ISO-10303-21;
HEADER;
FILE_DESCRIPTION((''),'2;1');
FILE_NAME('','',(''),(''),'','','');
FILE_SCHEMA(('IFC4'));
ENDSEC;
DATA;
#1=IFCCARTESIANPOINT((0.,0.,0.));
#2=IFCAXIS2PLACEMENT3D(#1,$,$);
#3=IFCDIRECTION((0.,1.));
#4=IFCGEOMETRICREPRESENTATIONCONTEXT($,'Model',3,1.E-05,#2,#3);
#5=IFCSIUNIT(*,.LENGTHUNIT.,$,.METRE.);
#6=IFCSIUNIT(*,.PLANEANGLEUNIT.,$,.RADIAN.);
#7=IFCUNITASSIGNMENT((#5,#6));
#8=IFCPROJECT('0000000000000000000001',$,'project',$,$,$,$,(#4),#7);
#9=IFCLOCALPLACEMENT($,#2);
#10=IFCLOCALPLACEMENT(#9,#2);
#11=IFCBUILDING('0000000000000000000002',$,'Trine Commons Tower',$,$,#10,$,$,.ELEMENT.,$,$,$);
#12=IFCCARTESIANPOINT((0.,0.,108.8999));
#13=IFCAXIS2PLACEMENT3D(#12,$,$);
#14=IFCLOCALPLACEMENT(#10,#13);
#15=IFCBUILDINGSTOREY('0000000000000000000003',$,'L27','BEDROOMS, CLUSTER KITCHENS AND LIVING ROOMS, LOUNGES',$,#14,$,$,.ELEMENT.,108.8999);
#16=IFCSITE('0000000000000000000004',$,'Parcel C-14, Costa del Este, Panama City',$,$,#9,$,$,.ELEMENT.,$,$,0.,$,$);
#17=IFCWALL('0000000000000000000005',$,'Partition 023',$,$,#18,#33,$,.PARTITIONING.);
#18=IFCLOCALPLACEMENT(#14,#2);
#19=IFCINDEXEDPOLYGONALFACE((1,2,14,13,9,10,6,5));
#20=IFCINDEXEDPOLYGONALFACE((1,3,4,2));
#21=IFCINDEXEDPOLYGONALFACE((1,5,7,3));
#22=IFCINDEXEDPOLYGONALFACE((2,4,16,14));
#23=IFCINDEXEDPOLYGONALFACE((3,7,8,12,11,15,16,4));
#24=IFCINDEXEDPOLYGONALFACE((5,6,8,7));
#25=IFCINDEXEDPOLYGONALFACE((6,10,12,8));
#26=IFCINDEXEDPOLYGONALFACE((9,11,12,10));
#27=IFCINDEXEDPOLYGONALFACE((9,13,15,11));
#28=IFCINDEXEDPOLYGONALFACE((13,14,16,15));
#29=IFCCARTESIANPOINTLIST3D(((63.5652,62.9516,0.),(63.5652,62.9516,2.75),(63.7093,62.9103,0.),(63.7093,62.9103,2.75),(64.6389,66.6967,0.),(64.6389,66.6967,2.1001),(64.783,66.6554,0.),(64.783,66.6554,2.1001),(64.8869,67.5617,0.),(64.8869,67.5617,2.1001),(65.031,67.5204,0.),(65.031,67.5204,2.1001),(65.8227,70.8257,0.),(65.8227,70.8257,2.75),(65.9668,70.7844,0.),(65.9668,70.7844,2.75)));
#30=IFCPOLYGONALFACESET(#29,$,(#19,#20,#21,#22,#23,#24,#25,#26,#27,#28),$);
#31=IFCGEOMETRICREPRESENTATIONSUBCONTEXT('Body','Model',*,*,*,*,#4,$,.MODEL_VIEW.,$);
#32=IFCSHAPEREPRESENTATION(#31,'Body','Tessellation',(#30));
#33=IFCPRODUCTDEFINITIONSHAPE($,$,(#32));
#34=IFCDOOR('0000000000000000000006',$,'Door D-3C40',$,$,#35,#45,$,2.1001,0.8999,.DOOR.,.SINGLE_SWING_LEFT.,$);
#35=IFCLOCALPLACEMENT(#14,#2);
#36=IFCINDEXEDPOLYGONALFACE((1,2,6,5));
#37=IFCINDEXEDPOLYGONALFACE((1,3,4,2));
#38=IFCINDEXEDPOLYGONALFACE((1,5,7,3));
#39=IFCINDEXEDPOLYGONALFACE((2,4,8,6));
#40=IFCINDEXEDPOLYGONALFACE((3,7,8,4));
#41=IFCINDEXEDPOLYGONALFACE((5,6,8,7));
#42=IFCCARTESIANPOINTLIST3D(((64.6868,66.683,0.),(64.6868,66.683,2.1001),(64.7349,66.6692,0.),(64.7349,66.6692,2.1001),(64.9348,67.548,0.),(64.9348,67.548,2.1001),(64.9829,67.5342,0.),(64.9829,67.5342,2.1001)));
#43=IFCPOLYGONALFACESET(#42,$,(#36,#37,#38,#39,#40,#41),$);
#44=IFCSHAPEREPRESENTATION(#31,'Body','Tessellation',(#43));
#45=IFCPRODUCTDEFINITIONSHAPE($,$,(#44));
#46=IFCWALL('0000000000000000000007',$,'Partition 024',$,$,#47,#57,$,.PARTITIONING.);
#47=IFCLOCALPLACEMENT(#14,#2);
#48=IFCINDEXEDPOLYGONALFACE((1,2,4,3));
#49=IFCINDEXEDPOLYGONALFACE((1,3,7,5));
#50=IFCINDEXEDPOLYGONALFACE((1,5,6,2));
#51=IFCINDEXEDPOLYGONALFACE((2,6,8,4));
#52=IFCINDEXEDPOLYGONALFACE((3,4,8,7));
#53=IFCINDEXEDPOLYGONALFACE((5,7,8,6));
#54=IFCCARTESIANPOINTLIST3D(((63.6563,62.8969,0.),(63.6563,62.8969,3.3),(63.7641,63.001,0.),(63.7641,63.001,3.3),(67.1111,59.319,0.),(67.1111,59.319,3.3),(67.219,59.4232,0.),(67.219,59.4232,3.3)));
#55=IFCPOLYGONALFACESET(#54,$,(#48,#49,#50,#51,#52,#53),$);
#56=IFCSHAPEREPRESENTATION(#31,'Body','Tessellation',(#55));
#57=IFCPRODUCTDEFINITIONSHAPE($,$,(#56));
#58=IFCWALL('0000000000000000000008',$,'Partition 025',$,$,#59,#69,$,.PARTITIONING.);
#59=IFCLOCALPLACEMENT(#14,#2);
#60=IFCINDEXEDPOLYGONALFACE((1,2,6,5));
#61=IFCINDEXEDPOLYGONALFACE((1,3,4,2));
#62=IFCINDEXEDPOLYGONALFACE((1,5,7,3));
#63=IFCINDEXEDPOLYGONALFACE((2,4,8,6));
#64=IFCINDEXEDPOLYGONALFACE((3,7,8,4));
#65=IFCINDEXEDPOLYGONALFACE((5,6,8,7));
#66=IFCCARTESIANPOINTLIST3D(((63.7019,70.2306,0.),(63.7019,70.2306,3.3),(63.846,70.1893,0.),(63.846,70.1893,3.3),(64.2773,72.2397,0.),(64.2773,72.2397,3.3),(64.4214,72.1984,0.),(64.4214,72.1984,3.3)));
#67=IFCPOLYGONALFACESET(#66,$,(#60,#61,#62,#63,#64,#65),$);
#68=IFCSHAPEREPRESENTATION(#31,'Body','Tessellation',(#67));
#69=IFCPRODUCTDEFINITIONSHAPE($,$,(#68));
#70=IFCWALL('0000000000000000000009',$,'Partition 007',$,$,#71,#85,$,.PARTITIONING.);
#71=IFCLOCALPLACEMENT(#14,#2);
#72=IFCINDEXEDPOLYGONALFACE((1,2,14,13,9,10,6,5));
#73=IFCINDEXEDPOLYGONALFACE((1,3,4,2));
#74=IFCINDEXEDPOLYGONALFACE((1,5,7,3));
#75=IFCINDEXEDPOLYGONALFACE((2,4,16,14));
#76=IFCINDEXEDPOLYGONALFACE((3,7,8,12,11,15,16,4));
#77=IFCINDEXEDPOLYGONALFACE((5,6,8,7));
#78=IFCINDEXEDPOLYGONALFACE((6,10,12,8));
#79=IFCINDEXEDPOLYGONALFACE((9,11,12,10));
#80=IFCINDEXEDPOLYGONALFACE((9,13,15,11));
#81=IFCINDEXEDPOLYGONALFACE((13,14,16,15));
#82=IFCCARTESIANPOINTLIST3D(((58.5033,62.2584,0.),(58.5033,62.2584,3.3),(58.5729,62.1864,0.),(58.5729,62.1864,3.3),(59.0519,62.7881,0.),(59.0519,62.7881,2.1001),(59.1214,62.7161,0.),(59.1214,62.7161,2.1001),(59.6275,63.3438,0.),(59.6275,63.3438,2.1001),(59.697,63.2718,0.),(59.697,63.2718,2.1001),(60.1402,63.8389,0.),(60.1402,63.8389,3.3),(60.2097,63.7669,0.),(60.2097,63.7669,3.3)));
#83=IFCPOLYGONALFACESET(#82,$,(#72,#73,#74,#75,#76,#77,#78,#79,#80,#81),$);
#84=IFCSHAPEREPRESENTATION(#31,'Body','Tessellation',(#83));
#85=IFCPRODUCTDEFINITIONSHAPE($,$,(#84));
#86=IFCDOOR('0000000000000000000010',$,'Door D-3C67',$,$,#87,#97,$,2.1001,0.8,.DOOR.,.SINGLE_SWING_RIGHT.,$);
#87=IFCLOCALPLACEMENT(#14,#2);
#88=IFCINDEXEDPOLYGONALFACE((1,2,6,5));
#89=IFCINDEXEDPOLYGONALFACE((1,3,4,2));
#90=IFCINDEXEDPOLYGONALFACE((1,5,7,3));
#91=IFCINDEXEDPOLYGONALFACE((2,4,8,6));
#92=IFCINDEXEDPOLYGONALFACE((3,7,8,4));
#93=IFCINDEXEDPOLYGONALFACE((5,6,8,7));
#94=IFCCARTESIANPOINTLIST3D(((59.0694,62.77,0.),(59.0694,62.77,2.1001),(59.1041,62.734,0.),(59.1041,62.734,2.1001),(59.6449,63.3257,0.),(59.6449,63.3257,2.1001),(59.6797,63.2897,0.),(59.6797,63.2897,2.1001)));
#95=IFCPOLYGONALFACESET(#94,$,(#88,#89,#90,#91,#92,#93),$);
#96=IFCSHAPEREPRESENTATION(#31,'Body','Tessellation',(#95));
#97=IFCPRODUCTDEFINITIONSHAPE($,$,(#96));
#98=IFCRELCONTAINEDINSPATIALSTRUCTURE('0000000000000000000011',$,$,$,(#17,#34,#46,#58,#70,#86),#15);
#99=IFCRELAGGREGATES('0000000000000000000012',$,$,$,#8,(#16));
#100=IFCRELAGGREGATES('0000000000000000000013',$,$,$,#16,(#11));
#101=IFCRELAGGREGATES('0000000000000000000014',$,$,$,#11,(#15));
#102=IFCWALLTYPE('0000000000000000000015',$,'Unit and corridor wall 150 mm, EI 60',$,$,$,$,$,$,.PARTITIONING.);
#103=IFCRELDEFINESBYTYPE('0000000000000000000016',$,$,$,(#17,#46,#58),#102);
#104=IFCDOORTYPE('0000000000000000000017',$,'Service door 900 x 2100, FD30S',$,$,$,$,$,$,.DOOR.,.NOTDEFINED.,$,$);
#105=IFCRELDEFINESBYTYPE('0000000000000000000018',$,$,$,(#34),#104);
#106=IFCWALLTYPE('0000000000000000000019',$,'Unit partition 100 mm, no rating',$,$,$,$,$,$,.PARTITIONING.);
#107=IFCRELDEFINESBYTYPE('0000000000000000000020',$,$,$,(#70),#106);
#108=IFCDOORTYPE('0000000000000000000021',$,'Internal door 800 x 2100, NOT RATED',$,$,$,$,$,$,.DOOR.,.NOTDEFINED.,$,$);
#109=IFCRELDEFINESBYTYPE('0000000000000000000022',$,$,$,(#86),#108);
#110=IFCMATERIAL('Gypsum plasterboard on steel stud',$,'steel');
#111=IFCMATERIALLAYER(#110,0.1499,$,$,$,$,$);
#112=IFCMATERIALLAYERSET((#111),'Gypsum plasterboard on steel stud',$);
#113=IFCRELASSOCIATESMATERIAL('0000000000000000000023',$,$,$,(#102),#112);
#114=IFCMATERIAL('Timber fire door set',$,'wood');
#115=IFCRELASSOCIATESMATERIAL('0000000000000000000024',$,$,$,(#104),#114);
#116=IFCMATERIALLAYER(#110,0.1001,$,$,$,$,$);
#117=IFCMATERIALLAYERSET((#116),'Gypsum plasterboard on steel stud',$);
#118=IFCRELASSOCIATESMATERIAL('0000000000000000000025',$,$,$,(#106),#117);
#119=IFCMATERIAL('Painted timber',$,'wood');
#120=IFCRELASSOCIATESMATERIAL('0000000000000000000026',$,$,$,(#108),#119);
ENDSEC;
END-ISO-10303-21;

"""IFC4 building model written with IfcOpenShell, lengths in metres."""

from ifc_helpers import new_model, si_unit, direction, frame, frame_2d, origin, place, context, subcontext, project, spatial, rectangle, extrude, material, layer, layer_set, type_object, element, fill, save


model = new_model("IFC4")

# Units and contexts
model_context = context("Model", 3, precision=1e-05, world=origin(), true_north=direction((0.0, 1.0)))
body_context = subcontext(model_context, "Body", "Model", "MODEL_VIEW")
ifc_project = project(units=[si_unit("LENGTHUNIT", "METRE"), si_unit("PLANEANGLEUNIT", "RADIAN")], contexts=[model_context])

# Site, building, storey
site_placement = place(None, origin())
site = spatial("IfcSite", under=ifc_project, at=site_placement, Name="Parcel C-14, Costa del Este, Panama City", CompositionType="ELEMENT", RefElevation=0.0)
building_placement = place(site_placement, origin())
building = spatial("IfcBuilding", under=site, at=building_placement, Name="Trine Commons Tower", CompositionType="ELEMENT")
storey_placement = place(building_placement, frame((0.0, 0.0, 108.8999)))
storey = spatial("IfcBuildingStorey", under=building, at=storey_placement, Name="L27", Description="BEDROOMS, CLUSTER KITCHENS AND LIVING ROOMS, LOUNGES", CompositionType="ELEMENT", Elevation=108.8999)

# Shared definitions
ifc_material_1 = material(Name="Gypsum plasterboard on steel stud", Category="steel")
ifc_layer_1 = layer(ifc_material_1, 0.1499)
ifc_layer_set_1 = layer_set([ifc_layer_1], Name="Gypsum plasterboard on steel stud")
wall_type_1 = type_object("IfcWallType", Name="Unit and corridor wall 150 mm, EI 60", PredefinedType="PARTITIONING", material=ifc_layer_set_1)

# Shared definitions
ifc_material_2 = material(Name="Timber fire door set", Category="wood")
ifc_material_3 = material(Name="Painted timber", Category="wood")

# Wall, opening, door
wall_1_placement = place(storey_placement, frame((63.6372, 62.9309, 0.0), z_axis=(0.0, 0.0, 1.0), x_axis=(0.275599, 0.961273, 0.0)))
wall_1 = element("IfcWall", 1, at=wall_1_placement, inside=storey, type_object=wall_type_1, Name="Partition 023", PredefinedType="PARTITIONING", context=body_context, shape_type="SweptSolid", body=[
    extrude(rectangle(XDim=8.1914, YDim=0.1499, at=frame_2d((4.0957, 0.0))), origin(), (0.0, 0.0, 1.0), 2.75),
])
opening_1_placement = place(wall_1_placement, frame((3.896, 0.0, 0.0)))
opening_1 = element("IfcOpeningElement", 2, at=opening_1_placement, cuts=wall_1, PredefinedType="OPENING", context=body_context, shape_type="SweptSolid", body=[
    extrude(rectangle(XDim=0.8999, YDim=2.1001, at=frame_2d((0.45, 1.05))), frame((0.0, 0.085, 0.0), z_axis=(0.0, -1.0, 0.0), x_axis=(1.0, 0.0, 0.0)), (0.0, 0.0, 1.0), 0.1699),
])
door_type_1 = type_object("IfcDoorType", Name="Service door 900 x 2100, FD30S", OperationType="NOTDEFINED", PredefinedType="DOOR", material=ifc_material_2)
door_1_placement = place(opening_1_placement, frame((0.8999, 0.0, 0.0), z_axis=(0.0, 0.0, 1.0), x_axis=(-1.0, 0.0, 0.0)))
door_1 = element("IfcDoor", 3, at=door_1_placement, inside=storey, type_object=door_type_1, Name="Door D-3C40", OperationType="SINGLE_SWING_LEFT", OverallHeight=2.1001, OverallWidth=0.8999, PredefinedType="DOOR", context=body_context, shape_type="SweptSolid", body=[
    extrude(rectangle(XDim=0.8999, YDim=2.1001, at=frame_2d((0.45, 1.05))), frame((0.0, 0.0249, 0.0), z_axis=(0.0, -1.0, 0.0), x_axis=(1.0, 0.0, 0.0)), (0.0, 0.0, 1.0), 0.05),
])
fill(opening_1, door_1)

# Walls
wall_2_placement = place(storey_placement, frame((63.7102, 62.949, 0.0), z_axis=(0.0, 0.0, 1.0), x_axis=(0.694629, -0.719368, 0.0)))
element("IfcWall", 4, at=wall_2_placement, inside=storey, type_object=wall_type_1, Name="Partition 024", PredefinedType="PARTITIONING", context=body_context, shape_type="SweptSolid", body=[
    extrude(rectangle(XDim=4.9736, YDim=0.1499, at=frame_2d((2.4868, 0.0))), origin(), (0.0, 0.0, 1.0), 3.3),
])
wall_3_placement = place(storey_placement, frame((63.7739, 70.21, 0.0), z_axis=(0.0, 0.0, 1.0), x_axis=(0.275354, 0.961343, 0.0)))
element("IfcWall", 5, at=wall_3_placement, inside=storey, type_object=wall_type_1, Name="Partition 025", PredefinedType="PARTITIONING", context=body_context, shape_type="SweptSolid", body=[
    extrude(rectangle(XDim=2.0898, YDim=0.1499, at=frame_2d((1.0449, 0.0))), origin(), (0.0, 0.0, 1.0), 3.3),
])

# Wall, opening, door
ifc_layer_2 = layer(ifc_material_1, 0.1001)
ifc_layer_set_2 = layer_set([ifc_layer_2], Name="Gypsum plasterboard on steel stud")
wall_type_2 = type_object("IfcWallType", Name="Unit partition 100 mm, no rating", PredefinedType="PARTITIONING", material=ifc_layer_set_2)
wall_4_placement = place(storey_placement, frame((58.5381, 62.2224, 0.0), z_axis=(0.0, 0.0, 1.0), x_axis=(0.71939, 0.694606, 0.0)))
wall_4 = element("IfcWall", 6, at=wall_4_placement, inside=storey, type_object=wall_type_2, Name="Partition 007", PredefinedType="PARTITIONING", context=body_context, shape_type="SweptSolid", body=[
    extrude(rectangle(XDim=2.2754, YDim=0.1001, at=frame_2d((1.1377, 0.0))), origin(), (0.0, 0.0, 1.0), 3.3),
])
opening_2_placement = place(wall_4_placement, frame((0.7627, 0.0, 0.0)))
opening_2 = element("IfcOpeningElement", 7, at=opening_2_placement, cuts=wall_4, PredefinedType="OPENING", context=body_context, shape_type="SweptSolid", body=[
    extrude(rectangle(XDim=0.8, YDim=2.1001, at=frame_2d((0.3999, 1.05))), frame((0.0, 0.0601, 0.0), z_axis=(0.0, -1.0, 0.0), x_axis=(1.0, 0.0, 0.0)), (0.0, 0.0, 1.0), 0.1201),
])
door_type_2 = type_object("IfcDoorType", Name="Internal door 800 x 2100, NOT RATED", OperationType="NOTDEFINED", PredefinedType="DOOR", material=ifc_material_3)
door_2_placement = place(opening_2_placement, origin())
door_2 = element("IfcDoor", 8, at=door_2_placement, inside=storey, type_object=door_type_2, Name="Door D-3C67", OperationType="SINGLE_SWING_RIGHT", OverallHeight=2.1001, OverallWidth=0.8, PredefinedType="DOOR", context=body_context, shape_type="SweptSolid", body=[
    extrude(rectangle(XDim=0.8, YDim=2.1001, at=frame_2d((0.3999, 1.05))), frame((0.0, 0.0249, 0.0), z_axis=(0.0, -1.0, 0.0), x_axis=(1.0, 0.0, 0.0)), (0.0, 0.0, 1.0), 0.05),
])
fill(opening_2, door_2)

save(model, "model.ifc")
